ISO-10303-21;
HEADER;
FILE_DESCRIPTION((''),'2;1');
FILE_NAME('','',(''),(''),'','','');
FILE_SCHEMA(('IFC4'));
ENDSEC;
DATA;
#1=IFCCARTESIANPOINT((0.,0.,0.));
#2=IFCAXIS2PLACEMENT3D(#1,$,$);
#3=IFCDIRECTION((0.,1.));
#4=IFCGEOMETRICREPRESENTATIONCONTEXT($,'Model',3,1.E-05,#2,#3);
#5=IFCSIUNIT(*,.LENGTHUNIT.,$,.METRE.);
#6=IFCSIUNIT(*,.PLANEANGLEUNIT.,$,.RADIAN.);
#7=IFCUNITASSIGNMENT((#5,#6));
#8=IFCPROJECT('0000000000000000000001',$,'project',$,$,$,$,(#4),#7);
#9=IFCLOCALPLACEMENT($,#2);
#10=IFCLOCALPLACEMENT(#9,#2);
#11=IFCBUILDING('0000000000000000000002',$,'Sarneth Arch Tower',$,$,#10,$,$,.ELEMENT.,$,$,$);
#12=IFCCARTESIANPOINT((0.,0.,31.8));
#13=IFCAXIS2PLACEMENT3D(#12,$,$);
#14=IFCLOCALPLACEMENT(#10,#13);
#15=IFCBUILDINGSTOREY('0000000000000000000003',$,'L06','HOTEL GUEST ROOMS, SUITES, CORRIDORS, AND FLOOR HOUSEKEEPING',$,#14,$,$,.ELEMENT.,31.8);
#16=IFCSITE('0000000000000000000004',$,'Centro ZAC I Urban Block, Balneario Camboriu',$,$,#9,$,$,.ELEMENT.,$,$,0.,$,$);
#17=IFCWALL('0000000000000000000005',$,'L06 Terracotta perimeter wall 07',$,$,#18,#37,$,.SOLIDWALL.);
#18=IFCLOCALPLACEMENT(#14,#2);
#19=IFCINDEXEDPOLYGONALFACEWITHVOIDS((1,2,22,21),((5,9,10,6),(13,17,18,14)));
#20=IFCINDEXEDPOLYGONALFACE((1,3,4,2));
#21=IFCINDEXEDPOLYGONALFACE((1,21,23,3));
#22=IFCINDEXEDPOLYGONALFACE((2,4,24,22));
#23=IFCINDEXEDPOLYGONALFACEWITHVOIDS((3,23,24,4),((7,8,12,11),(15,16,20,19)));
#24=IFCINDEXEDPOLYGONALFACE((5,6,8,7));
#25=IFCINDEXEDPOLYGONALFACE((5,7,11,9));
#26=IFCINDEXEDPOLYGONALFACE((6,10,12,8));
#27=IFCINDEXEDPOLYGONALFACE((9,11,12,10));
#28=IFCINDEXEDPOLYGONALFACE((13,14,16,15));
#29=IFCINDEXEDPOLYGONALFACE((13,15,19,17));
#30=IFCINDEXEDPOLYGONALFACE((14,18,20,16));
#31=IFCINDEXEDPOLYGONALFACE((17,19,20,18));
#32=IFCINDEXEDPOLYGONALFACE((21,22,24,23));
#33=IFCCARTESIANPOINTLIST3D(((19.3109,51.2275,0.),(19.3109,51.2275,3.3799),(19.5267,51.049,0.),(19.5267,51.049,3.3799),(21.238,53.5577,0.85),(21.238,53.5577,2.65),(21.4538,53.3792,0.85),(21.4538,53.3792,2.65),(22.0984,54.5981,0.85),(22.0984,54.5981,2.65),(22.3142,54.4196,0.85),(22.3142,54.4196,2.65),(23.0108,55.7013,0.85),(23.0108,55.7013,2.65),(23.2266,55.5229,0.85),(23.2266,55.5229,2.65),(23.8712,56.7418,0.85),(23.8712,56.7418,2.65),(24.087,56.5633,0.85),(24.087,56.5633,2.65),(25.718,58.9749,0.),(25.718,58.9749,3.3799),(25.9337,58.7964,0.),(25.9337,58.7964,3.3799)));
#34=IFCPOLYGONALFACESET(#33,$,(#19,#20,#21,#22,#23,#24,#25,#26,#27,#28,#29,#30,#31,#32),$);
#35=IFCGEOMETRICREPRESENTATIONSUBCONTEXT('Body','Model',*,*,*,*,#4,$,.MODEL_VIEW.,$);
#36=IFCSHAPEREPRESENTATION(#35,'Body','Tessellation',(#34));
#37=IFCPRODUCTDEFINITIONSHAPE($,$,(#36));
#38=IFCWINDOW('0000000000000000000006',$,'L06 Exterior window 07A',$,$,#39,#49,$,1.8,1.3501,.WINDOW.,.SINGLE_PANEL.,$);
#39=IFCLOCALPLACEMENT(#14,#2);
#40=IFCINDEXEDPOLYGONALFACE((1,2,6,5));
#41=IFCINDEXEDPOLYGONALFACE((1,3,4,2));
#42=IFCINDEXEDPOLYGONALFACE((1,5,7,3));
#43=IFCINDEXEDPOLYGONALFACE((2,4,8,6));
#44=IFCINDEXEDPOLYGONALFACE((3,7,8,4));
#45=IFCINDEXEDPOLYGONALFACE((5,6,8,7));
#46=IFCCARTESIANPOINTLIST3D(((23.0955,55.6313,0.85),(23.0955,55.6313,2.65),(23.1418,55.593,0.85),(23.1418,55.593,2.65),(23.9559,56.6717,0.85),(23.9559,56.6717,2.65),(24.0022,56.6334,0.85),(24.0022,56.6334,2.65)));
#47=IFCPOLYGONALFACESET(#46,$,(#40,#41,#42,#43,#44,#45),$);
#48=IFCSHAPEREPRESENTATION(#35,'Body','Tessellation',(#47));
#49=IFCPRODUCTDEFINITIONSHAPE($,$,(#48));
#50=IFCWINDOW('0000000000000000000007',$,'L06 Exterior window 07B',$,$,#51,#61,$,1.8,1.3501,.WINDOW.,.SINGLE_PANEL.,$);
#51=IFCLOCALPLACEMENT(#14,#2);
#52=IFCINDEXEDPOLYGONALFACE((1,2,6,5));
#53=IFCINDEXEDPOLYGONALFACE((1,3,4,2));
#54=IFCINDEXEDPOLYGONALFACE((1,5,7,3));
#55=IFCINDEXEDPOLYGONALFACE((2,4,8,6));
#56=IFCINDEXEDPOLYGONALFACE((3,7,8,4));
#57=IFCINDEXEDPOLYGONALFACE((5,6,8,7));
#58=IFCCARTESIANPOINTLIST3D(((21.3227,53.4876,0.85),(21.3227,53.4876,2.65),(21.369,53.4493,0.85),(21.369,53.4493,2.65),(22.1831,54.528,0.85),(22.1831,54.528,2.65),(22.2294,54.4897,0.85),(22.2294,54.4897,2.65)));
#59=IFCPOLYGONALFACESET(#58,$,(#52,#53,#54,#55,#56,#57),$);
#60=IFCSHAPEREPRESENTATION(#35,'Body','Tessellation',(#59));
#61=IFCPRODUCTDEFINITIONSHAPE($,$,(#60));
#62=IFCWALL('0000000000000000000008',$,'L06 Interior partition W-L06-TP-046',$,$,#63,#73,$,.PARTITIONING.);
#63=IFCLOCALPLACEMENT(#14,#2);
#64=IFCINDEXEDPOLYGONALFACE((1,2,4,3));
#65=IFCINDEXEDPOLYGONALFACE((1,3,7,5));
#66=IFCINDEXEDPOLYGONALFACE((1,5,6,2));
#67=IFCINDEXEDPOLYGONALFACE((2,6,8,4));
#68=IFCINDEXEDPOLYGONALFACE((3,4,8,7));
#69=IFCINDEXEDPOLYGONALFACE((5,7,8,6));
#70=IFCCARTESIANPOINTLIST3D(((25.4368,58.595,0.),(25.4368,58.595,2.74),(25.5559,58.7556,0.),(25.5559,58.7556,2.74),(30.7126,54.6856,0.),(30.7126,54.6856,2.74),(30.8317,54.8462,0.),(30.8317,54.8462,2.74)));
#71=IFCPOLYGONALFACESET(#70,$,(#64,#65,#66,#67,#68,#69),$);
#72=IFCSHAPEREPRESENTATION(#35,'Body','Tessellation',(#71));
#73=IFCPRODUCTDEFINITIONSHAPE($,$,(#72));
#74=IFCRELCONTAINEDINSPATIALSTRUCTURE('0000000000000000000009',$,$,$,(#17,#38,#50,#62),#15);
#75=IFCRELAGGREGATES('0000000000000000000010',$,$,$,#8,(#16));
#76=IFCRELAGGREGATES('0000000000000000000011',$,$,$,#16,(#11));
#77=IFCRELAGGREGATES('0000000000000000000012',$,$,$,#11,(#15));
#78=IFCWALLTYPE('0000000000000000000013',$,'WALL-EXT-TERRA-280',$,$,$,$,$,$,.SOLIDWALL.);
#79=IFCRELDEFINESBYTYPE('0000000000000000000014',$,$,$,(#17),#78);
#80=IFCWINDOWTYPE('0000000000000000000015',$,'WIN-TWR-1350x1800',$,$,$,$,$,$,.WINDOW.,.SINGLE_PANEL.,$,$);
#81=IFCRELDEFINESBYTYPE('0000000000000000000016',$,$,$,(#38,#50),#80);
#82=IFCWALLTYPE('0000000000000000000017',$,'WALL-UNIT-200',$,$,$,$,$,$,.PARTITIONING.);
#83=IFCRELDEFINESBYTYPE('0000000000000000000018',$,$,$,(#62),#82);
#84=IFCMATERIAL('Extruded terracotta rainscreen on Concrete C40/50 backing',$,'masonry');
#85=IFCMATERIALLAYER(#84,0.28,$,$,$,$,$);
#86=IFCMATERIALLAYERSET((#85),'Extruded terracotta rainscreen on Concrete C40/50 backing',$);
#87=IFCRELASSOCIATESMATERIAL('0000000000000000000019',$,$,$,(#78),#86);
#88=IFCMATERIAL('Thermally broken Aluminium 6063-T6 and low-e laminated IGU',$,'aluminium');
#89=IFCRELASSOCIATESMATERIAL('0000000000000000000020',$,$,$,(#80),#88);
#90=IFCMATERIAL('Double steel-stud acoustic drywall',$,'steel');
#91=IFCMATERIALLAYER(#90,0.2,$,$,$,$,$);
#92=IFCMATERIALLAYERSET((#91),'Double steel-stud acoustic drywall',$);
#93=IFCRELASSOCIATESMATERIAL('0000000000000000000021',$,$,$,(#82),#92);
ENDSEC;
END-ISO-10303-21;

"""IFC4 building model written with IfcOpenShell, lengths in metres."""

from ifc_helpers import new_model, si_unit, direction, frame, frame_2d, origin, place, context, subcontext, project, spatial, rectangle, extrude, material, layer, layer_set, type_object, element, fill, save


model = new_model("IFC4")

# Units and contexts
model_context = context("Model", 3, precision=1e-05, world=origin(), true_north=direction((0.0, 1.0)))
body_context = subcontext(model_context, "Body", "Model", "MODEL_VIEW")
ifc_project = project(units=[si_unit("LENGTHUNIT", "METRE"), si_unit("PLANEANGLEUNIT", "RADIAN")], contexts=[model_context])

# Site, building, storey
site_placement = place(None, origin())
site = spatial("IfcSite", under=ifc_project, at=site_placement, Name="Centro ZAC I Urban Block, Balneario Camboriu", CompositionType="ELEMENT", RefElevation=0.0)
building_placement = place(site_placement, origin())
building = spatial("IfcBuilding", under=site, at=building_placement, Name="Sarneth Arch Tower", CompositionType="ELEMENT")
storey_placement = place(building_placement, frame((0.0, 0.0, 31.8)))
storey = spatial("IfcBuildingStorey", under=building, at=storey_placement, Name="L06", Description="HOTEL GUEST ROOMS, SUITES, CORRIDORS, AND FLOOR HOUSEKEEPING", CompositionType="ELEMENT", Elevation=31.8)

# Wall, openings, windows
ifc_material_1 = material(Name="Extruded terracotta rainscreen on Concrete C40/50 backing", Category="masonry")
ifc_layer_1 = layer(ifc_material_1, 0.28)
ifc_layer_set_1 = layer_set([ifc_layer_1], Name="Extruded terracotta rainscreen on Concrete C40/50 backing")
wall_type_1 = type_object("IfcWallType", Name="WALL-EXT-TERRA-280", PredefinedType="SOLIDWALL", material=ifc_layer_set_1)
wall_1_placement = place(storey_placement, frame((25.8259, 58.8857, 0.0), z_axis=(0.0, 0.0, 1.0), x_axis=(-0.637297, -0.770618, 0.0)))
wall_1 = element("IfcWall", 1, at=wall_1_placement, inside=storey, type_object=wall_type_1, Name="L06 Terracotta perimeter wall 07", PredefinedType="SOLIDWALL", context=body_context, shape_type="SweptSolid", body=[
    extrude(rectangle(XDim=10.0535, YDim=0.28, at=frame_2d((5.0269, 0.0))), origin(), (0.0, 0.0, 1.0), 3.3799),
])
opening_1_placement = place(wall_1_placement, frame((2.8979, 0.0, 0.8501)))
opening_1 = element("IfcOpeningElement", 2, at=opening_1_placement, cuts=wall_1, PredefinedType="OPENING", context=body_context, shape_type="SweptSolid", body=[
    extrude(rectangle(XDim=1.3501, YDim=1.8, at=frame_2d((0.675, 0.8999))), frame((0.0, 0.1499, 0.0), z_axis=(0.0, -1.0, 0.0), x_axis=(1.0, 0.0, 0.0)), (0.0, 0.0, 1.0), 0.3),
])
opening_2_placement = place(wall_1_placement, frame((5.6797, 0.0, 0.8501)))
opening_2 = element("IfcOpeningElement", 3, at=opening_2_placement, cuts=wall_1, PredefinedType="OPENING", context=body_context, shape_type="SweptSolid", body=[
    extrude(rectangle(XDim=1.3501, YDim=1.8, at=frame_2d((0.675, 0.8999))), frame((0.0, 0.1499, 0.0), z_axis=(0.0, -1.0, 0.0), x_axis=(1.0, 0.0, 0.0)), (0.0, 0.0, 1.0), 0.3),
])
ifc_material_2 = material(Name="Thermally broken Aluminium 6063-T6 and low-e laminated IGU", Category="aluminium")
window_type = type_object("IfcWindowType", Name="WIN-TWR-1350x1800", PartitioningType="SINGLE_PANEL", PredefinedType="WINDOW", material=ifc_material_2)
window_1_placement = place(opening_1_placement, origin())
window_1 = element("IfcWindow", 4, at=window_1_placement, inside=storey, type_object=window_type, Name="L06 Exterior window 07A", OverallHeight=1.8, OverallWidth=1.3501, PartitioningType="SINGLE_PANEL", PredefinedType="WINDOW", context=body_context, shape_type="SweptSolid", body=[
    extrude(rectangle(XDim=1.3501, YDim=1.8, at=frame_2d((0.675, 0.8999))), frame((0.0, 0.03, 0.0), z_axis=(0.0, -1.0, 0.0), x_axis=(1.0, 0.0, 0.0)), (0.0, 0.0, 1.0), 0.0601),
])
fill(opening_1, window_1)
window_2_placement = place(opening_2_placement, origin())
window_2 = element("IfcWindow", 5, at=window_2_placement, inside=storey, type_object=window_type, Name="L06 Exterior window 07B", OverallHeight=1.8, OverallWidth=1.3501, PartitioningType="SINGLE_PANEL", PredefinedType="WINDOW", context=body_context, shape_type="SweptSolid", body=[
    extrude(rectangle(XDim=1.3501, YDim=1.8, at=frame_2d((0.675, 0.8999))), frame((0.0, 0.03, 0.0), z_axis=(0.0, -1.0, 0.0), x_axis=(1.0, 0.0, 0.0)), (0.0, 0.0, 1.0), 0.0601),
])
fill(opening_2, window_2)

# Wall
ifc_material_3 = material(Name="Double steel-stud acoustic drywall", Category="steel")
ifc_layer_2 = layer(ifc_material_3, 0.2)
ifc_layer_set_2 = layer_set([ifc_layer_2], Name="Double steel-stud acoustic drywall")
wall_type_2 = type_object("IfcWallType", Name="WALL-UNIT-200", PredefinedType="PARTITIONING", material=ifc_layer_set_2)
wall_2_placement = place(storey_placement, frame((25.4963, 58.6753, 0.0), z_axis=(0.0, 0.0, 1.0), x_axis=(0.803458, -0.595362, 0.0)))
element("IfcWall", 6, at=wall_2_placement, inside=storey, type_object=wall_type_2, Name="L06 Interior partition W-L06-TP-046", PredefinedType="PARTITIONING", context=body_context, shape_type="SweptSolid", body=[
    extrude(rectangle(XDim=6.5664, YDim=0.2, at=frame_2d((3.2832, 0.0))), origin(), (0.0, 0.0, 1.0), 2.74),
])

save(model, "model.ifc")
